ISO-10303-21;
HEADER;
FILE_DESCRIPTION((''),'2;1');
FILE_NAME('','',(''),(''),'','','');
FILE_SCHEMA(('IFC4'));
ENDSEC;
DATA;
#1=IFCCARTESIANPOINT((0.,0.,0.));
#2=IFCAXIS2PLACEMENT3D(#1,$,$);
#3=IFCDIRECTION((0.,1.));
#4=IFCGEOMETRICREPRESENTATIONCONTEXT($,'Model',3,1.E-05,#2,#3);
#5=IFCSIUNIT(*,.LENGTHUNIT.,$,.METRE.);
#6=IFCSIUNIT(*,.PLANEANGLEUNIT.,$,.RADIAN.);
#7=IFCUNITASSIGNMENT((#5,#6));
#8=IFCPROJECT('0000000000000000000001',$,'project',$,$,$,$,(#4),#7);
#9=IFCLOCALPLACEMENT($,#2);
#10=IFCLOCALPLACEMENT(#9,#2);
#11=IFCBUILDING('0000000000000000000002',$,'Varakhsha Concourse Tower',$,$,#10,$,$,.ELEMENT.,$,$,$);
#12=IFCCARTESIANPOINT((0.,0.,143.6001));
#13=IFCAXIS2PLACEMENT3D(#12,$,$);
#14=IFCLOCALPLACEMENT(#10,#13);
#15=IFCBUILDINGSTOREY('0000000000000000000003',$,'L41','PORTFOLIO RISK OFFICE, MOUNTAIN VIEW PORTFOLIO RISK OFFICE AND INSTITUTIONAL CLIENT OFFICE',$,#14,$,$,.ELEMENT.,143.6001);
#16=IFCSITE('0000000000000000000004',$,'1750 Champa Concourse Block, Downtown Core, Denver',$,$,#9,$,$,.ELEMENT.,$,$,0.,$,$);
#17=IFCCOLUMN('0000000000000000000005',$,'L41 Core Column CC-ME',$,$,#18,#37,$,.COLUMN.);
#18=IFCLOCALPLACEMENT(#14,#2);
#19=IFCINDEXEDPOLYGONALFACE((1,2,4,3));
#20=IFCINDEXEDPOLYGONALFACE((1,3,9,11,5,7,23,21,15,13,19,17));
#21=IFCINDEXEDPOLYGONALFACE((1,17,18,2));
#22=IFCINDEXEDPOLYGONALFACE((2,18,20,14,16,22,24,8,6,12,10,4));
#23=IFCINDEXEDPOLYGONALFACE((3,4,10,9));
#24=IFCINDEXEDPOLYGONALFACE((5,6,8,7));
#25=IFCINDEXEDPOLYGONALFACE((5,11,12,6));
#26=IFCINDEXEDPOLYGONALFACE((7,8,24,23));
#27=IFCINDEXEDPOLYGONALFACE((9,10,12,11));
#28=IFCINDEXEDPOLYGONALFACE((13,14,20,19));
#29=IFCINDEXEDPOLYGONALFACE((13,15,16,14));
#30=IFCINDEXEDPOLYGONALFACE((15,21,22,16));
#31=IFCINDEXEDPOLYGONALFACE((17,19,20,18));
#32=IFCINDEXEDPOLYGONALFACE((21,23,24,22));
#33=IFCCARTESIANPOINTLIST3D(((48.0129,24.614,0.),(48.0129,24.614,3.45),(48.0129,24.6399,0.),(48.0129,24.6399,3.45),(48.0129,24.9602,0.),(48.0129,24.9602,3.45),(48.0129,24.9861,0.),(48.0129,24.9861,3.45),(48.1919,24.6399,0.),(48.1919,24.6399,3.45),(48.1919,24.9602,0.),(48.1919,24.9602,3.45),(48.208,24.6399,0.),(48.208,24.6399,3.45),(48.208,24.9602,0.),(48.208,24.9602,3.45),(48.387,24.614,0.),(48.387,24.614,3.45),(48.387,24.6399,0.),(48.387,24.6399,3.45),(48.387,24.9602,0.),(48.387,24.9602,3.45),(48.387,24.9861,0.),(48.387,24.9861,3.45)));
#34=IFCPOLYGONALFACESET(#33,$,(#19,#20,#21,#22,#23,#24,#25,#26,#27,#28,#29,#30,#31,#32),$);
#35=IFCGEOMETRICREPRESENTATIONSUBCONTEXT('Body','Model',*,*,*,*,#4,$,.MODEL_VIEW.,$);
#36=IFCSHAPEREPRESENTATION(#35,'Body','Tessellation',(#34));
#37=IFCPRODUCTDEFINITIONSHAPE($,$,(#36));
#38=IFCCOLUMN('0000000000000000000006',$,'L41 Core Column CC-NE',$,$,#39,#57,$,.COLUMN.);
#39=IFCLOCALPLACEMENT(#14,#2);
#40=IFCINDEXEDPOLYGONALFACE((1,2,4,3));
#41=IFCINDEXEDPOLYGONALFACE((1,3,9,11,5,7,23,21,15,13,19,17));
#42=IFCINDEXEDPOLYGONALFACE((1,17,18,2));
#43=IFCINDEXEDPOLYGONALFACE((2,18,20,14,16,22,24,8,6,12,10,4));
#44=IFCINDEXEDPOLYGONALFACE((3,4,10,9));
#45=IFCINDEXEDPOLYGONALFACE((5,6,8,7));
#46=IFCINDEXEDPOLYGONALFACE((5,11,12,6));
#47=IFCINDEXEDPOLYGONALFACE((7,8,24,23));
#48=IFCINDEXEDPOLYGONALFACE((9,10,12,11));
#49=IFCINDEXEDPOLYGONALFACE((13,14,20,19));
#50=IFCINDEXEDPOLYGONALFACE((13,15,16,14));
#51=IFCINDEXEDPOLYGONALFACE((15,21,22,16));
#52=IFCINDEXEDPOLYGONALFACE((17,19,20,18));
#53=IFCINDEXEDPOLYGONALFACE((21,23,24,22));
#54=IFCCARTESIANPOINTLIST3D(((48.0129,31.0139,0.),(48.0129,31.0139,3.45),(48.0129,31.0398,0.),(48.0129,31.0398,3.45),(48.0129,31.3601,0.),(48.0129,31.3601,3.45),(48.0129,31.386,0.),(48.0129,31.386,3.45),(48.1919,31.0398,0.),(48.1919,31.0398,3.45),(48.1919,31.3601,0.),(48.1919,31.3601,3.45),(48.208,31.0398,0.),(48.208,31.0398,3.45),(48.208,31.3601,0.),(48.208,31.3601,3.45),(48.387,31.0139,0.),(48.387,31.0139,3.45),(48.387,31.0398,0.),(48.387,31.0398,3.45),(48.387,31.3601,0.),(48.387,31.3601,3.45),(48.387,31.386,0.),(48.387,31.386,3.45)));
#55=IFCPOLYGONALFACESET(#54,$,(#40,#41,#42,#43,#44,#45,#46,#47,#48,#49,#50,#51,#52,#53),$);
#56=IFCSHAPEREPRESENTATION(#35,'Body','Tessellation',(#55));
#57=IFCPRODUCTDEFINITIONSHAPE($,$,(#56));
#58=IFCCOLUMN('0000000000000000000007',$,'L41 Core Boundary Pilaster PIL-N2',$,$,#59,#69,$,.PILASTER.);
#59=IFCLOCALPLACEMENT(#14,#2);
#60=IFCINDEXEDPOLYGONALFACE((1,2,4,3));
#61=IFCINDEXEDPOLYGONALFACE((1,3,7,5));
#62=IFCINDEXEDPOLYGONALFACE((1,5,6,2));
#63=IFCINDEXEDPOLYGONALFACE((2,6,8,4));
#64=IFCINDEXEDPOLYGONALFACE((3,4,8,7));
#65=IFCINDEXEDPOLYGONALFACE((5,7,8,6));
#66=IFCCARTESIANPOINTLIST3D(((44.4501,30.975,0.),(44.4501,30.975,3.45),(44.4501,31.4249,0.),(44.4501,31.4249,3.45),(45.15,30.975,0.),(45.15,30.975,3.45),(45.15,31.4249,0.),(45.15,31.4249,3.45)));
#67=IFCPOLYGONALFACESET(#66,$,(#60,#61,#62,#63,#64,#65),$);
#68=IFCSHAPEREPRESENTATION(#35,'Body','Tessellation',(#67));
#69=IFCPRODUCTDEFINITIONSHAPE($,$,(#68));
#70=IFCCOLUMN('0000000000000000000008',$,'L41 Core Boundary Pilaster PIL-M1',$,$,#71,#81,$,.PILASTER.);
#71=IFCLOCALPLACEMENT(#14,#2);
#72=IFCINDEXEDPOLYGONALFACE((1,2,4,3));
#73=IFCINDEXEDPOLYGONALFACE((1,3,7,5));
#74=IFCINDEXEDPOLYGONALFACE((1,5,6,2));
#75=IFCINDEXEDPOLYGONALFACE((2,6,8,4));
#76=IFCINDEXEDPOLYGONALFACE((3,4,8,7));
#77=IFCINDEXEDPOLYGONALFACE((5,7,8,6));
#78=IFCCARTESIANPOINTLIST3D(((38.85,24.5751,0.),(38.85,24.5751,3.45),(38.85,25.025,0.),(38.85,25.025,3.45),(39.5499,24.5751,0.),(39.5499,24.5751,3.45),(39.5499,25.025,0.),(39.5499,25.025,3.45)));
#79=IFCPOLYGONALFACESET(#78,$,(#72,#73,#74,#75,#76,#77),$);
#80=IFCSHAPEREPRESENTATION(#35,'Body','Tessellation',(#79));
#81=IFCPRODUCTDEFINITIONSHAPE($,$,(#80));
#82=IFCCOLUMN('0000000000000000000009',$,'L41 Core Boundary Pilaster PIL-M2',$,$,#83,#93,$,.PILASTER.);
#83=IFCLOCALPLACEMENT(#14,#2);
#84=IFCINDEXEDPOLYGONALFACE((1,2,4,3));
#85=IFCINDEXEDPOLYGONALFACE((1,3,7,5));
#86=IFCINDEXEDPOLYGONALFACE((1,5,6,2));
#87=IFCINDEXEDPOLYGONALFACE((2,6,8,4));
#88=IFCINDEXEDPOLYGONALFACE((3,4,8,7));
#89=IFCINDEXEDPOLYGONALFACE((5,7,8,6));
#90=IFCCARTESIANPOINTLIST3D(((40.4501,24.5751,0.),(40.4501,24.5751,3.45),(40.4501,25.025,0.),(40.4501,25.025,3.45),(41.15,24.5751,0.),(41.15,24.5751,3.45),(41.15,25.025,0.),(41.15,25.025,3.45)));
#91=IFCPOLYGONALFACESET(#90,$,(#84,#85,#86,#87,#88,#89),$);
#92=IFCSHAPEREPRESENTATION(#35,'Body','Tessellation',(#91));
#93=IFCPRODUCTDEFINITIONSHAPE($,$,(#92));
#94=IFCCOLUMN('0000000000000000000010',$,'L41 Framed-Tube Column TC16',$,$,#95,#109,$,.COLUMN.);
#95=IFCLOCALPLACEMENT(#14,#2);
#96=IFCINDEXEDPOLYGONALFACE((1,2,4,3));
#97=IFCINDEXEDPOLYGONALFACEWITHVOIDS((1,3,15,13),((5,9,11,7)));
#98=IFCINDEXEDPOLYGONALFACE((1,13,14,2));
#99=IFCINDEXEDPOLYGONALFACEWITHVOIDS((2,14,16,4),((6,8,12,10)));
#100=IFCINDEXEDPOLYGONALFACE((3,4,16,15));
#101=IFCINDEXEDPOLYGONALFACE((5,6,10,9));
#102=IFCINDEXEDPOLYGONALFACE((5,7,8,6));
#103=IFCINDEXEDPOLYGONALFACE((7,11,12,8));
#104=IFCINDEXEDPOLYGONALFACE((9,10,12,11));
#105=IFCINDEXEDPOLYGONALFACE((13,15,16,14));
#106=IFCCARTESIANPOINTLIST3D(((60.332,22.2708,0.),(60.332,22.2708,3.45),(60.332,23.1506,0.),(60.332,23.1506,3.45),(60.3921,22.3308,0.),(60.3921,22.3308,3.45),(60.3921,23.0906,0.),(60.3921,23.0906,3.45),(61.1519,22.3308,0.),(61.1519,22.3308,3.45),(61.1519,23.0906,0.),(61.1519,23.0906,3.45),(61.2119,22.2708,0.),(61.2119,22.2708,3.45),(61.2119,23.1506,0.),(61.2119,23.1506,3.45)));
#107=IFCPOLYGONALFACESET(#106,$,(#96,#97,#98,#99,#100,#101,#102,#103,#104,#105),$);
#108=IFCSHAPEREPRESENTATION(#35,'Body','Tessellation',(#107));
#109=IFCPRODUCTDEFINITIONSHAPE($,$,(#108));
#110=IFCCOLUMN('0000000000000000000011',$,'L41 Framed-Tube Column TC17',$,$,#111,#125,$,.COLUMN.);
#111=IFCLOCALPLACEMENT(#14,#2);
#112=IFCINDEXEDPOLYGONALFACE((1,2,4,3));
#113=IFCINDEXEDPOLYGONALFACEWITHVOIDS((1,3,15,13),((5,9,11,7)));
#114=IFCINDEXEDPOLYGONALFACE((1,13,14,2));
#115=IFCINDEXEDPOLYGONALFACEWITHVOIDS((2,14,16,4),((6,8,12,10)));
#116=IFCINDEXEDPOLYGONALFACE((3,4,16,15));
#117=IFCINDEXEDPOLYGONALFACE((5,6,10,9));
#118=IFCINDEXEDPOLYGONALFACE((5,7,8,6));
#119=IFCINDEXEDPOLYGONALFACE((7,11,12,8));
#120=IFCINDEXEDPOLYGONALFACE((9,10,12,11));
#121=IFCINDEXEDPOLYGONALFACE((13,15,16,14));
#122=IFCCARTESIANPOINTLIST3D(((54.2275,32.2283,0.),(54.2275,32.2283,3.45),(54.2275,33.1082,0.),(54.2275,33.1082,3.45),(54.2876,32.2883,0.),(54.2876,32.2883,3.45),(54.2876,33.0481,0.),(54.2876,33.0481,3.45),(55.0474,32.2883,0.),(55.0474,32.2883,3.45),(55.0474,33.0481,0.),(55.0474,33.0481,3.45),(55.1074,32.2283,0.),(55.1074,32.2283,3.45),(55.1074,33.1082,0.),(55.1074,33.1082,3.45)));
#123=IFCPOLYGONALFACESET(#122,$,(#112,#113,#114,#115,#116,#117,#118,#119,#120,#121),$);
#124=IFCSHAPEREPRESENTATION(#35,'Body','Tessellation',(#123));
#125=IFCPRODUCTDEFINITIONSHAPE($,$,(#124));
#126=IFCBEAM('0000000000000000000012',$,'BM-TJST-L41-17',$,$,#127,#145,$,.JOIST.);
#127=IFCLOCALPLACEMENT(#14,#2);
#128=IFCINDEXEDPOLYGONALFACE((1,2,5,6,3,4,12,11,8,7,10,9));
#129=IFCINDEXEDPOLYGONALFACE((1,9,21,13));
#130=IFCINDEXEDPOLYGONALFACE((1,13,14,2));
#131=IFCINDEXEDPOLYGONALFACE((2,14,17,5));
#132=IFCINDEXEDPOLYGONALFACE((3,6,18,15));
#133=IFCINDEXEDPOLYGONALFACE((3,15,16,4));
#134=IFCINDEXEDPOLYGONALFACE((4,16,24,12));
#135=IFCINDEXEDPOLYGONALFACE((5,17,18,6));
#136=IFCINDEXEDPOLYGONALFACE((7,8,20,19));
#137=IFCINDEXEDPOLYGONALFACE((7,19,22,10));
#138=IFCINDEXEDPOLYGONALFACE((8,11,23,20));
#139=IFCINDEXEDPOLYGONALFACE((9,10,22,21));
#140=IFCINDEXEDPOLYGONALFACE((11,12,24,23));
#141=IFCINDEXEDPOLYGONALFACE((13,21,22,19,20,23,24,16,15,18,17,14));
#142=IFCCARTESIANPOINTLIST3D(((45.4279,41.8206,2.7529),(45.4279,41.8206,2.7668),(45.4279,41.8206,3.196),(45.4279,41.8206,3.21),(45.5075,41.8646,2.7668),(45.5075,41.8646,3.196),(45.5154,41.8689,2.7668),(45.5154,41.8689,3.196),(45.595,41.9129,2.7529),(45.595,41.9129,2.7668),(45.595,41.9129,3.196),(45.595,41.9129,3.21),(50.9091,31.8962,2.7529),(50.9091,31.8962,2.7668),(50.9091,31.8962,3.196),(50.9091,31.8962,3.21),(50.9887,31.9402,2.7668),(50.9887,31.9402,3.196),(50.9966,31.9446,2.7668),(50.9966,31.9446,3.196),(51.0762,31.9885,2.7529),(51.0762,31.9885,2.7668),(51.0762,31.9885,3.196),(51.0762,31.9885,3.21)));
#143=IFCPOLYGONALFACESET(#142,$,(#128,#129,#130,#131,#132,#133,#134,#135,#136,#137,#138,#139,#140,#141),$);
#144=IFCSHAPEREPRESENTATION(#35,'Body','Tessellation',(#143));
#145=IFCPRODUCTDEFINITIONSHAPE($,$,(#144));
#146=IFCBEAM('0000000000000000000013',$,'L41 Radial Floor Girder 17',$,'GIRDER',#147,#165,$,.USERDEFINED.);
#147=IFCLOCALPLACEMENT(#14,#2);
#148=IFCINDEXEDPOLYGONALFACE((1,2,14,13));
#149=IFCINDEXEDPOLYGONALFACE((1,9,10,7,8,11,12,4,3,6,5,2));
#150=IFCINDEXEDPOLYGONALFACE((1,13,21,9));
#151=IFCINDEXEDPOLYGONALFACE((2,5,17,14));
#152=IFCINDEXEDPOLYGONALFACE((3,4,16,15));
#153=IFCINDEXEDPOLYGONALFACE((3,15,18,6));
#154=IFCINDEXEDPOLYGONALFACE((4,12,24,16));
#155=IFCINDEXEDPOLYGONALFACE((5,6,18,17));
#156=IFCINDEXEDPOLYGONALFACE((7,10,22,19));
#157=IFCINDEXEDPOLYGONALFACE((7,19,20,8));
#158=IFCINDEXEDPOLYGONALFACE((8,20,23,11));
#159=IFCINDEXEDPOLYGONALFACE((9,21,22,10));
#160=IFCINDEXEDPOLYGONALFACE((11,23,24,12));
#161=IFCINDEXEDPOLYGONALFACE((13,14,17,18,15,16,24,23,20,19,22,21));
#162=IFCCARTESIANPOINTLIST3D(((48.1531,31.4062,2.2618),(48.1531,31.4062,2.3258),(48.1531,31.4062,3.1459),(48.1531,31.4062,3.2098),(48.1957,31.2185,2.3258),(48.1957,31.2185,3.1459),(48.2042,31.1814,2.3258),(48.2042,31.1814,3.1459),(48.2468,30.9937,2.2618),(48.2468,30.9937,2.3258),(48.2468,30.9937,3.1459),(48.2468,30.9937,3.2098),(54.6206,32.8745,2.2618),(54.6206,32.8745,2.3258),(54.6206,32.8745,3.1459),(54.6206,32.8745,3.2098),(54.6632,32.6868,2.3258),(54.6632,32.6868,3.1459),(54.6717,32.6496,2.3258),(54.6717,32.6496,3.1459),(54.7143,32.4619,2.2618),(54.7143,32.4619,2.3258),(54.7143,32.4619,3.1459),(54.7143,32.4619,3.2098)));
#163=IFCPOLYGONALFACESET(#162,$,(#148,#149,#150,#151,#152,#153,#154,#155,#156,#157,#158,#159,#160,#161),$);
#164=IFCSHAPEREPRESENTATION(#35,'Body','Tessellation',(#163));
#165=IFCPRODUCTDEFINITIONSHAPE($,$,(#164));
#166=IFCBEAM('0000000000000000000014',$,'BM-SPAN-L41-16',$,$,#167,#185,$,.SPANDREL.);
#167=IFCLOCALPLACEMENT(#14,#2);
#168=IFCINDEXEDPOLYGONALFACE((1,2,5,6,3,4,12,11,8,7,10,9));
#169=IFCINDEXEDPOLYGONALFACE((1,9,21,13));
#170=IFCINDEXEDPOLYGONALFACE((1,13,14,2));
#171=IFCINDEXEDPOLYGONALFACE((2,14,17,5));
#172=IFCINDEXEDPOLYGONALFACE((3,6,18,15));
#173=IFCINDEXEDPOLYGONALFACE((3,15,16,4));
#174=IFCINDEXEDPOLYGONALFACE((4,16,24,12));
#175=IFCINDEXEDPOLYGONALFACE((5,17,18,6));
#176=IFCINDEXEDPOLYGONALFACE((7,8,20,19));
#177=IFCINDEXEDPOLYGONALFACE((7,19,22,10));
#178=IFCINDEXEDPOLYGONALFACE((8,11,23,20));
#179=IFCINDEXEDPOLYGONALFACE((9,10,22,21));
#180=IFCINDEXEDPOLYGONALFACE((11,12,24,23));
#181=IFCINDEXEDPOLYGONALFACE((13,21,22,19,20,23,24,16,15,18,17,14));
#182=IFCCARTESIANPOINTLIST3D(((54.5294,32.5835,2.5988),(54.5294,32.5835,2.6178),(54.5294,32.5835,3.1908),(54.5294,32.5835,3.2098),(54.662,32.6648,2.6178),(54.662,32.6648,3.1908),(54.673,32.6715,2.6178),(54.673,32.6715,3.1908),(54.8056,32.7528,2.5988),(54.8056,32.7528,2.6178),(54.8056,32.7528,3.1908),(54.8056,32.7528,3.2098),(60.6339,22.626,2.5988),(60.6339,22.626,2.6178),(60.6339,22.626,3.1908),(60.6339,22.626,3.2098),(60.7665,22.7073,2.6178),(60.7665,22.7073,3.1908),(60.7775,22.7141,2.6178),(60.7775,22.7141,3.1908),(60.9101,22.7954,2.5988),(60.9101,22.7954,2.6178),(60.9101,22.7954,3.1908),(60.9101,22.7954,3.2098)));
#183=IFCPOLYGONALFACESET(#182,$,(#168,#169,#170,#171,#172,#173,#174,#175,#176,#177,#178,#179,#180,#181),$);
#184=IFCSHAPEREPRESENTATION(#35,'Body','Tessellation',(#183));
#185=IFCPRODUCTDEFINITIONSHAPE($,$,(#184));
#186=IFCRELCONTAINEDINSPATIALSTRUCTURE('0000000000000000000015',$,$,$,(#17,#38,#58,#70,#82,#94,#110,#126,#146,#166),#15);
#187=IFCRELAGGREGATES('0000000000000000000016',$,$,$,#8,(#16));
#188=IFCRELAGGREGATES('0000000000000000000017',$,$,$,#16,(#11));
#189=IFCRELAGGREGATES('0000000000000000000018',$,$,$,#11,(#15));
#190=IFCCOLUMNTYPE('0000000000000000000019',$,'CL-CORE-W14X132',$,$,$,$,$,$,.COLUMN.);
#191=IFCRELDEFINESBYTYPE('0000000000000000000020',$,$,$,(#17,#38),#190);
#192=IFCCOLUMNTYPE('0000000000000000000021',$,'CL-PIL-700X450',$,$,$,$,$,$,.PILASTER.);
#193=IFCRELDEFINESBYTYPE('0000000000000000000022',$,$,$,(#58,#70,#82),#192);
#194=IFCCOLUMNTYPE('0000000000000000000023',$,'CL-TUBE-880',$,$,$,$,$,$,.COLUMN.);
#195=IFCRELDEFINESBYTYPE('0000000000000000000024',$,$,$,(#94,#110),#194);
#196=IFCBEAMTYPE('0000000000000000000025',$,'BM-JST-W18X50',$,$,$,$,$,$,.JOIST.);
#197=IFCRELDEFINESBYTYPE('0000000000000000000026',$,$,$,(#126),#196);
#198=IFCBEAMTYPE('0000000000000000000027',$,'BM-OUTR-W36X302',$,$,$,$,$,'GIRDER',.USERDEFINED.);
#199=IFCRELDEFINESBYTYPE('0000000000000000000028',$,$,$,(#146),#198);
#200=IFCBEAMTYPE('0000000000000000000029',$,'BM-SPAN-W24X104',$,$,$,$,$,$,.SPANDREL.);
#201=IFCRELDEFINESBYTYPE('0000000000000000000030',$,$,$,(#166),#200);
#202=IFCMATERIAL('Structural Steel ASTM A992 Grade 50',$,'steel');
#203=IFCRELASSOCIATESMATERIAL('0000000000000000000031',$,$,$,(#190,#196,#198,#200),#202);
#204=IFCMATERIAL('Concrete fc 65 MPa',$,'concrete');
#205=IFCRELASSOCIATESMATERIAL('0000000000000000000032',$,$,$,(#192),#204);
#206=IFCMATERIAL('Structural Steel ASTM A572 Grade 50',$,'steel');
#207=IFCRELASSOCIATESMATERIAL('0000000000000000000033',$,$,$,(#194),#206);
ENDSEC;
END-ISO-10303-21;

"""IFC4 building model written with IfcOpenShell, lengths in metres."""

from ifc_helpers import new_model, si_unit, direction, frame, origin, origin_2d, place, context, subcontext, project, spatial, rectangle, hollow_rectangle, i_section, extrude, material, material_profile, profile_set, type_object, element, save


model = new_model("IFC4")

# Units and contexts
model_context = context("Model", 3, precision=1e-05, world=origin(), true_north=direction((0.0, 1.0)))
body_context = subcontext(model_context, "Body", "Model", "MODEL_VIEW")
ifc_project = project(units=[si_unit("LENGTHUNIT", "METRE"), si_unit("PLANEANGLEUNIT", "RADIAN")], contexts=[model_context])

# Site, building, storey
site_placement = place(None, origin())
site = spatial("IfcSite", under=ifc_project, at=site_placement, Name="1750 Champa Concourse Block, Downtown Core, Denver", CompositionType="ELEMENT", RefElevation=0.0)
building_placement = place(site_placement, origin())
building = spatial("IfcBuilding", under=site, at=building_placement, Name="Varakhsha Concourse Tower", CompositionType="ELEMENT")
storey_placement = place(building_placement, frame((0.0, 0.0, 143.6001)))
storey = spatial("IfcBuildingStorey", under=building, at=storey_placement, Name="L41", Description="PORTFOLIO RISK OFFICE, MOUNTAIN VIEW PORTFOLIO RISK OFFICE AND INSTITUTIONAL CLIENT OFFICE", CompositionType="ELEMENT", Elevation=143.6001)

# Columns
ifc_material_1 = material(Name="Structural Steel ASTM A992 Grade 50", Category="steel")
ifc_material_profile_1 = material_profile(ifc_material_1, i_section(OverallWidth=0.374, OverallDepth=0.3721, WebThickness=0.0161, FlangeThickness=0.0259, at=origin_2d()), Name="W14X132")
ifc_profile_set_1 = profile_set([ifc_material_profile_1], Name="Structural Steel ASTM A992 Grade 50")
column_type_1 = type_object("IfcColumnType", Name="CL-CORE-W14X132", PredefinedType="COLUMN", material=ifc_profile_set_1)
for number, where, z_axis, x_axis, name in (
    (1, (48.2, 24.8, 0.0), (0.0, 0.0, 1.0), (1.0, 0.0, 0.0), "L41 Core Column CC-ME"),
    (2, (48.2, 31.2, 0.0), (0.0, 0.0, 1.0), (1.0, 0.0, 0.0), "L41 Core Column CC-NE"),
):
    element("IfcColumn", number, at=place(storey_placement, frame(where, z_axis=z_axis, x_axis=x_axis)), inside=storey, type_object=column_type_1, Name=name, PredefinedType="COLUMN", context=body_context, shape_type="SweptSolid", body=[
        extrude(i_section(OverallWidth=0.374, OverallDepth=0.3721, WebThickness=0.0161, FlangeThickness=0.0259, at=origin_2d()), origin(), (0.0, 0.0, 1.0), 3.45),
    ])
ifc_material_2 = material(Name="Concrete fc 65 MPa", Category="concrete")
ifc_material_profile_2 = material_profile(ifc_material_2, rectangle(XDim=0.7, YDim=0.45, at=origin_2d()), Name="RC 700x450")
ifc_profile_set_2 = profile_set([ifc_material_profile_2], Name="Concrete fc 65 MPa")
column_type_2 = type_object("IfcColumnType", Name="CL-PIL-700X450", PredefinedType="PILASTER", material=ifc_profile_set_2)
for number, where, z_axis, x_axis, name in (
    (3, (44.8, 31.2, 0.0), (0.0, 0.0, 1.0), (1.0, 0.0, 0.0), "L41 Core Boundary Pilaster PIL-N2"),
    (4, (39.2, 24.8, 0.0), (0.0, 0.0, 1.0), (1.0, 0.0, 0.0), "L41 Core Boundary Pilaster PIL-M1"),
    (5, (40.8, 24.8, 0.0), (0.0, 0.0, 1.0), (1.0, 0.0, 0.0), "L41 Core Boundary Pilaster PIL-M2"),
):
    element("IfcColumn", number, at=place(storey_placement, frame(where, z_axis=z_axis, x_axis=x_axis)), inside=storey, type_object=column_type_2, Name=name, PredefinedType="PILASTER", context=body_context, shape_type="SweptSolid", body=[
        extrude(rectangle(XDim=0.7, YDim=0.45, at=origin_2d()), origin(), (0.0, 0.0, 1.0), 3.45),
    ])
ifc_material_3 = material(Name="Structural Steel ASTM A572 Grade 50", Category="steel")
ifc_material_profile_3 = material_profile(ifc_material_3, hollow_rectangle(XDim=0.8799, YDim=0.8799, WallThickness=0.0601, at=origin_2d()), Name="BOX 880x880x60")
ifc_profile_set_3 = profile_set([ifc_material_profile_3], Name="Structural Steel ASTM A572 Grade 50")
column_type_3 = type_object("IfcColumnType", Name="CL-TUBE-880", PredefinedType="COLUMN", material=ifc_profile_set_3)
for number, where, z_axis, x_axis, name in (
    (6, (60.772, 22.7107, 0.0), (0.0, 0.0, 1.0), (1.0, 0.0, 0.0), "L41 Framed-Tube Column TC16"),
    (7, (54.6675, 32.6682, 0.0), (0.0, 0.0, 1.0), (1.0, 0.0, 0.0), "L41 Framed-Tube Column TC17"),
):
    element("IfcColumn", number, at=place(storey_placement, frame(where, z_axis=z_axis, x_axis=x_axis)), inside=storey, type_object=column_type_3, Name=name, PredefinedType="COLUMN", context=body_context, shape_type="SweptSolid", body=[
        extrude(hollow_rectangle(XDim=0.8799, YDim=0.8799, WallThickness=0.0601, at=origin_2d()), origin(), (0.0, 0.0, 1.0), 3.45),
    ])

# Beams
ifc_material_profile_4 = material_profile(ifc_material_1, i_section(OverallWidth=0.1909, OverallDepth=0.457, WebThickness=0.009, FlangeThickness=0.0139, at=origin_2d()), Name="W18X50")
ifc_profile_set_4 = profile_set([ifc_material_profile_4], Name="Structural Steel ASTM A992 Grade 50")
beam_type_1 = type_object("IfcBeamType", Name="BM-JST-W18X50", PredefinedType="JOIST", material=ifc_profile_set_4)
beam_1_placement = place(storey_placement, frame((50.9927, 31.9424, 2.9814), z_axis=(-0.483464, 0.875364, 0.0), x_axis=(-0.875364, -0.483464, 0.0)))
element("IfcBeam", 8, at=beam_1_placement, inside=storey, type_object=beam_type_1, Name="BM-TJST-L41-17", PredefinedType="JOIST", context=body_context, shape_type="SweptSolid", body=[
    extrude(i_section(OverallWidth=0.1909, OverallDepth=0.457, WebThickness=0.009, FlangeThickness=0.0139, at=origin_2d()), origin(), (0.0, 0.0, 1.0), 11.3374),
])
ifc_material_profile_5 = material_profile(ifc_material_1, i_section(OverallWidth=0.4231, OverallDepth=0.948, WebThickness=0.0381, FlangeThickness=0.064, at=origin_2d()), Name="W36X302")
ifc_profile_set_5 = profile_set([ifc_material_profile_5], Name="Structural Steel ASTM A992 Grade 50")
beam_type_2 = type_object("IfcBeamType", Name="BM-OUTR-W36X302", ElementType="GIRDER", PredefinedType="USERDEFINED", material=ifc_profile_set_5)
beam_2_placement = place(storey_placement, frame((48.2, 31.2, 2.7358), z_axis=(0.975186, 0.221387, 0.0), x_axis=(-0.221387, 0.975186, 0.0)))
element("IfcBeam", 9, at=beam_2_placement, inside=storey, type_object=beam_type_2, Name="L41 Radial Floor Girder 17", ObjectType="GIRDER", PredefinedType="USERDEFINED", context=body_context, shape_type="SweptSolid", body=[
    extrude(i_section(OverallWidth=0.4231, OverallDepth=0.948, WebThickness=0.0381, FlangeThickness=0.064, at=origin_2d()), origin(), (0.0, 0.0, 1.0), 6.6321),
])
ifc_material_profile_6 = material_profile(ifc_material_1, i_section(OverallWidth=0.324, OverallDepth=0.6111, WebThickness=0.0129, FlangeThickness=0.019, at=origin_2d()), Name="W24X104")
ifc_profile_set_6 = profile_set([ifc_material_profile_6], Name="Structural Steel ASTM A992 Grade 50")
beam_type_3 = type_object("IfcBeamType", Name="BM-SPAN-W24X104", PredefinedType="SPANDREL", material=ifc_profile_set_6)
beam_3_placement = place(storey_placement, frame((60.772, 22.7107, 2.9043), z_axis=(-0.522655, 0.852544, 0.0), x_axis=(-0.852544, -0.522655, 0.0)))
element("IfcBeam", 10, at=beam_3_placement, inside=storey, type_object=beam_type_3, Name="BM-SPAN-L41-16", PredefinedType="SPANDREL", context=body_context, shape_type="SweptSolid", body=[
    extrude(i_section(OverallWidth=0.324, OverallDepth=0.6111, WebThickness=0.0129, FlangeThickness=0.019, at=origin_2d()), origin(), (0.0, 0.0, 1.0), 11.6797),
])

save(model, "model.ifc")
